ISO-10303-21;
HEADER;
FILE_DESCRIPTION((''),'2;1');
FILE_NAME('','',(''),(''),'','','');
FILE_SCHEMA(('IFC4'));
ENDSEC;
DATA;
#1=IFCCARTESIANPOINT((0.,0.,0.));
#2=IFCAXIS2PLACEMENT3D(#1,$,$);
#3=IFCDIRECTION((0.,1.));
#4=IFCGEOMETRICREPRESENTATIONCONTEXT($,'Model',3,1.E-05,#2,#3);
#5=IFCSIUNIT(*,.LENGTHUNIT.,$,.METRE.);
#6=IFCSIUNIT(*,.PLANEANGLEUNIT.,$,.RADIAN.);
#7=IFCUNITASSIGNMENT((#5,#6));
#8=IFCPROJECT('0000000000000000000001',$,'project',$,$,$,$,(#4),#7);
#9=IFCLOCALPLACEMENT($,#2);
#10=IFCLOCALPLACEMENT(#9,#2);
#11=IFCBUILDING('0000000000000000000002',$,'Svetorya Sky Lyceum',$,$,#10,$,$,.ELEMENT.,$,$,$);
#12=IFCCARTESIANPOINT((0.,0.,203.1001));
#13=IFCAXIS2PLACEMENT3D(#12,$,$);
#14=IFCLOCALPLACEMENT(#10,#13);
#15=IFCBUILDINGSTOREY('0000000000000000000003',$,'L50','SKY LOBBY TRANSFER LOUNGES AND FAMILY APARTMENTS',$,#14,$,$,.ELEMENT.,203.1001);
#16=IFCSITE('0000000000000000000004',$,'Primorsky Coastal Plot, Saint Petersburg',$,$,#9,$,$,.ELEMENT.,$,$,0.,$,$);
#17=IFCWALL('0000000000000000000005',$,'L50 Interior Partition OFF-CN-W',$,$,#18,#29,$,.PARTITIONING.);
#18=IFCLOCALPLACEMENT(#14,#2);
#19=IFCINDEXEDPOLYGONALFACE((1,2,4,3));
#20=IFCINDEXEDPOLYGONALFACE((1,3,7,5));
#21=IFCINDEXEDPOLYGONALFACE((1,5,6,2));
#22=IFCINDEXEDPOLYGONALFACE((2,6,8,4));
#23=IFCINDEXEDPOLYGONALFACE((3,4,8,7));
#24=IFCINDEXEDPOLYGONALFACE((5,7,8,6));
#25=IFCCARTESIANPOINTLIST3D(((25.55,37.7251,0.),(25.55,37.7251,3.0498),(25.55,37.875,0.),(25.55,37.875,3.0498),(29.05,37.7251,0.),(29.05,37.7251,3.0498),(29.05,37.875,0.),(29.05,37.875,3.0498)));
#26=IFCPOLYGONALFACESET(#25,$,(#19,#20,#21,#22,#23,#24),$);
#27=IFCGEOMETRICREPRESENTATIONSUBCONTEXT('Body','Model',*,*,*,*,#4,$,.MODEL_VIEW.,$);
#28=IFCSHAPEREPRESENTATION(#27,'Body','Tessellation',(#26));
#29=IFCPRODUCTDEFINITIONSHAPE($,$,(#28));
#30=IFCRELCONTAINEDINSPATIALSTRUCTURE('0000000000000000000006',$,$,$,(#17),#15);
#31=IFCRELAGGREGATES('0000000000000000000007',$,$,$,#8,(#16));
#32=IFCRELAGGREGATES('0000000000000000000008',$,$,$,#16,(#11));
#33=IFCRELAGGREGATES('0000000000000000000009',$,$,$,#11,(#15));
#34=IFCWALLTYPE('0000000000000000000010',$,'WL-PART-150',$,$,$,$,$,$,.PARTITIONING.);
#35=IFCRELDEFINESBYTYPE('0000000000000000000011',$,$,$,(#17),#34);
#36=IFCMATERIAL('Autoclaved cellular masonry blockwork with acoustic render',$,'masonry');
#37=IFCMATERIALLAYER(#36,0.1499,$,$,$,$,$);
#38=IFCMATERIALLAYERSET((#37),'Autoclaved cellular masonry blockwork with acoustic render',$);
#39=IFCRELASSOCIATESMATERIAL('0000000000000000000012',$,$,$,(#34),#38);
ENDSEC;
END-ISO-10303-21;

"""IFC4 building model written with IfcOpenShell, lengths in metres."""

from ifc_helpers import new_model, si_unit, direction, frame, frame_2d, origin, place, context, subcontext, project, spatial, rectangle, extrude, material, layer, layer_set, type_object, element, save


model = new_model("IFC4")

# Units and contexts
model_context = context("Model", 3, precision=1e-05, world=origin(), true_north=direction((0.0, 1.0)))
body_context = subcontext(model_context, "Body", "Model", "MODEL_VIEW")
ifc_project = project(units=[si_unit("LENGTHUNIT", "METRE"), si_unit("PLANEANGLEUNIT", "RADIAN")], contexts=[model_context])

# Site, building, storey
site_placement = place(None, origin())
site = spatial("IfcSite", under=ifc_project, at=site_placement, Name="Primorsky Coastal Plot, Saint Petersburg", CompositionType="ELEMENT", RefElevation=0.0)
building_placement = place(site_placement, origin())
building = spatial("IfcBuilding", under=site, at=building_placement, Name="Svetorya Sky Lyceum", CompositionType="ELEMENT")
storey_placement = place(building_placement, frame((0.0, 0.0, 203.1001)))
storey = spatial("IfcBuildingStorey", under=building, at=storey_placement, Name="L50", Description="SKY LOBBY TRANSFER LOUNGES AND FAMILY APARTMENTS", CompositionType="ELEMENT", Elevation=203.1001)

# Wall
ifc_material_1 = material(Name="Autoclaved cellular masonry blockwork with acoustic render", Category="masonry")
ifc_layer_1 = layer(ifc_material_1, 0.1499)
ifc_layer_set_1 = layer_set([ifc_layer_1], Name="Autoclaved cellular masonry blockwork with acoustic render")
wall_type_1 = type_object("IfcWallType", Name="WL-PART-150", PredefinedType="PARTITIONING", material=ifc_layer_set_1)
wall_1_placement = place(storey_placement, frame((25.55, 37.8, 0.0), z_axis=(0.0, 0.0, 1.0), x_axis=(1.0, 0.0, 0.0)))
element("IfcWall", 1, at=wall_1_placement, inside=storey, type_object=wall_type_1, Name="L50 Interior Partition OFF-CN-W", PredefinedType="PARTITIONING", context=body_context, shape_type="SweptSolid", body=[
    extrude(rectangle(XDim=3.5, YDim=0.1499, at=frame_2d((1.75, 0.0))), origin(), (0.0, 0.0, 1.0), 3.0498),
])

save(model, "model.ifc")
